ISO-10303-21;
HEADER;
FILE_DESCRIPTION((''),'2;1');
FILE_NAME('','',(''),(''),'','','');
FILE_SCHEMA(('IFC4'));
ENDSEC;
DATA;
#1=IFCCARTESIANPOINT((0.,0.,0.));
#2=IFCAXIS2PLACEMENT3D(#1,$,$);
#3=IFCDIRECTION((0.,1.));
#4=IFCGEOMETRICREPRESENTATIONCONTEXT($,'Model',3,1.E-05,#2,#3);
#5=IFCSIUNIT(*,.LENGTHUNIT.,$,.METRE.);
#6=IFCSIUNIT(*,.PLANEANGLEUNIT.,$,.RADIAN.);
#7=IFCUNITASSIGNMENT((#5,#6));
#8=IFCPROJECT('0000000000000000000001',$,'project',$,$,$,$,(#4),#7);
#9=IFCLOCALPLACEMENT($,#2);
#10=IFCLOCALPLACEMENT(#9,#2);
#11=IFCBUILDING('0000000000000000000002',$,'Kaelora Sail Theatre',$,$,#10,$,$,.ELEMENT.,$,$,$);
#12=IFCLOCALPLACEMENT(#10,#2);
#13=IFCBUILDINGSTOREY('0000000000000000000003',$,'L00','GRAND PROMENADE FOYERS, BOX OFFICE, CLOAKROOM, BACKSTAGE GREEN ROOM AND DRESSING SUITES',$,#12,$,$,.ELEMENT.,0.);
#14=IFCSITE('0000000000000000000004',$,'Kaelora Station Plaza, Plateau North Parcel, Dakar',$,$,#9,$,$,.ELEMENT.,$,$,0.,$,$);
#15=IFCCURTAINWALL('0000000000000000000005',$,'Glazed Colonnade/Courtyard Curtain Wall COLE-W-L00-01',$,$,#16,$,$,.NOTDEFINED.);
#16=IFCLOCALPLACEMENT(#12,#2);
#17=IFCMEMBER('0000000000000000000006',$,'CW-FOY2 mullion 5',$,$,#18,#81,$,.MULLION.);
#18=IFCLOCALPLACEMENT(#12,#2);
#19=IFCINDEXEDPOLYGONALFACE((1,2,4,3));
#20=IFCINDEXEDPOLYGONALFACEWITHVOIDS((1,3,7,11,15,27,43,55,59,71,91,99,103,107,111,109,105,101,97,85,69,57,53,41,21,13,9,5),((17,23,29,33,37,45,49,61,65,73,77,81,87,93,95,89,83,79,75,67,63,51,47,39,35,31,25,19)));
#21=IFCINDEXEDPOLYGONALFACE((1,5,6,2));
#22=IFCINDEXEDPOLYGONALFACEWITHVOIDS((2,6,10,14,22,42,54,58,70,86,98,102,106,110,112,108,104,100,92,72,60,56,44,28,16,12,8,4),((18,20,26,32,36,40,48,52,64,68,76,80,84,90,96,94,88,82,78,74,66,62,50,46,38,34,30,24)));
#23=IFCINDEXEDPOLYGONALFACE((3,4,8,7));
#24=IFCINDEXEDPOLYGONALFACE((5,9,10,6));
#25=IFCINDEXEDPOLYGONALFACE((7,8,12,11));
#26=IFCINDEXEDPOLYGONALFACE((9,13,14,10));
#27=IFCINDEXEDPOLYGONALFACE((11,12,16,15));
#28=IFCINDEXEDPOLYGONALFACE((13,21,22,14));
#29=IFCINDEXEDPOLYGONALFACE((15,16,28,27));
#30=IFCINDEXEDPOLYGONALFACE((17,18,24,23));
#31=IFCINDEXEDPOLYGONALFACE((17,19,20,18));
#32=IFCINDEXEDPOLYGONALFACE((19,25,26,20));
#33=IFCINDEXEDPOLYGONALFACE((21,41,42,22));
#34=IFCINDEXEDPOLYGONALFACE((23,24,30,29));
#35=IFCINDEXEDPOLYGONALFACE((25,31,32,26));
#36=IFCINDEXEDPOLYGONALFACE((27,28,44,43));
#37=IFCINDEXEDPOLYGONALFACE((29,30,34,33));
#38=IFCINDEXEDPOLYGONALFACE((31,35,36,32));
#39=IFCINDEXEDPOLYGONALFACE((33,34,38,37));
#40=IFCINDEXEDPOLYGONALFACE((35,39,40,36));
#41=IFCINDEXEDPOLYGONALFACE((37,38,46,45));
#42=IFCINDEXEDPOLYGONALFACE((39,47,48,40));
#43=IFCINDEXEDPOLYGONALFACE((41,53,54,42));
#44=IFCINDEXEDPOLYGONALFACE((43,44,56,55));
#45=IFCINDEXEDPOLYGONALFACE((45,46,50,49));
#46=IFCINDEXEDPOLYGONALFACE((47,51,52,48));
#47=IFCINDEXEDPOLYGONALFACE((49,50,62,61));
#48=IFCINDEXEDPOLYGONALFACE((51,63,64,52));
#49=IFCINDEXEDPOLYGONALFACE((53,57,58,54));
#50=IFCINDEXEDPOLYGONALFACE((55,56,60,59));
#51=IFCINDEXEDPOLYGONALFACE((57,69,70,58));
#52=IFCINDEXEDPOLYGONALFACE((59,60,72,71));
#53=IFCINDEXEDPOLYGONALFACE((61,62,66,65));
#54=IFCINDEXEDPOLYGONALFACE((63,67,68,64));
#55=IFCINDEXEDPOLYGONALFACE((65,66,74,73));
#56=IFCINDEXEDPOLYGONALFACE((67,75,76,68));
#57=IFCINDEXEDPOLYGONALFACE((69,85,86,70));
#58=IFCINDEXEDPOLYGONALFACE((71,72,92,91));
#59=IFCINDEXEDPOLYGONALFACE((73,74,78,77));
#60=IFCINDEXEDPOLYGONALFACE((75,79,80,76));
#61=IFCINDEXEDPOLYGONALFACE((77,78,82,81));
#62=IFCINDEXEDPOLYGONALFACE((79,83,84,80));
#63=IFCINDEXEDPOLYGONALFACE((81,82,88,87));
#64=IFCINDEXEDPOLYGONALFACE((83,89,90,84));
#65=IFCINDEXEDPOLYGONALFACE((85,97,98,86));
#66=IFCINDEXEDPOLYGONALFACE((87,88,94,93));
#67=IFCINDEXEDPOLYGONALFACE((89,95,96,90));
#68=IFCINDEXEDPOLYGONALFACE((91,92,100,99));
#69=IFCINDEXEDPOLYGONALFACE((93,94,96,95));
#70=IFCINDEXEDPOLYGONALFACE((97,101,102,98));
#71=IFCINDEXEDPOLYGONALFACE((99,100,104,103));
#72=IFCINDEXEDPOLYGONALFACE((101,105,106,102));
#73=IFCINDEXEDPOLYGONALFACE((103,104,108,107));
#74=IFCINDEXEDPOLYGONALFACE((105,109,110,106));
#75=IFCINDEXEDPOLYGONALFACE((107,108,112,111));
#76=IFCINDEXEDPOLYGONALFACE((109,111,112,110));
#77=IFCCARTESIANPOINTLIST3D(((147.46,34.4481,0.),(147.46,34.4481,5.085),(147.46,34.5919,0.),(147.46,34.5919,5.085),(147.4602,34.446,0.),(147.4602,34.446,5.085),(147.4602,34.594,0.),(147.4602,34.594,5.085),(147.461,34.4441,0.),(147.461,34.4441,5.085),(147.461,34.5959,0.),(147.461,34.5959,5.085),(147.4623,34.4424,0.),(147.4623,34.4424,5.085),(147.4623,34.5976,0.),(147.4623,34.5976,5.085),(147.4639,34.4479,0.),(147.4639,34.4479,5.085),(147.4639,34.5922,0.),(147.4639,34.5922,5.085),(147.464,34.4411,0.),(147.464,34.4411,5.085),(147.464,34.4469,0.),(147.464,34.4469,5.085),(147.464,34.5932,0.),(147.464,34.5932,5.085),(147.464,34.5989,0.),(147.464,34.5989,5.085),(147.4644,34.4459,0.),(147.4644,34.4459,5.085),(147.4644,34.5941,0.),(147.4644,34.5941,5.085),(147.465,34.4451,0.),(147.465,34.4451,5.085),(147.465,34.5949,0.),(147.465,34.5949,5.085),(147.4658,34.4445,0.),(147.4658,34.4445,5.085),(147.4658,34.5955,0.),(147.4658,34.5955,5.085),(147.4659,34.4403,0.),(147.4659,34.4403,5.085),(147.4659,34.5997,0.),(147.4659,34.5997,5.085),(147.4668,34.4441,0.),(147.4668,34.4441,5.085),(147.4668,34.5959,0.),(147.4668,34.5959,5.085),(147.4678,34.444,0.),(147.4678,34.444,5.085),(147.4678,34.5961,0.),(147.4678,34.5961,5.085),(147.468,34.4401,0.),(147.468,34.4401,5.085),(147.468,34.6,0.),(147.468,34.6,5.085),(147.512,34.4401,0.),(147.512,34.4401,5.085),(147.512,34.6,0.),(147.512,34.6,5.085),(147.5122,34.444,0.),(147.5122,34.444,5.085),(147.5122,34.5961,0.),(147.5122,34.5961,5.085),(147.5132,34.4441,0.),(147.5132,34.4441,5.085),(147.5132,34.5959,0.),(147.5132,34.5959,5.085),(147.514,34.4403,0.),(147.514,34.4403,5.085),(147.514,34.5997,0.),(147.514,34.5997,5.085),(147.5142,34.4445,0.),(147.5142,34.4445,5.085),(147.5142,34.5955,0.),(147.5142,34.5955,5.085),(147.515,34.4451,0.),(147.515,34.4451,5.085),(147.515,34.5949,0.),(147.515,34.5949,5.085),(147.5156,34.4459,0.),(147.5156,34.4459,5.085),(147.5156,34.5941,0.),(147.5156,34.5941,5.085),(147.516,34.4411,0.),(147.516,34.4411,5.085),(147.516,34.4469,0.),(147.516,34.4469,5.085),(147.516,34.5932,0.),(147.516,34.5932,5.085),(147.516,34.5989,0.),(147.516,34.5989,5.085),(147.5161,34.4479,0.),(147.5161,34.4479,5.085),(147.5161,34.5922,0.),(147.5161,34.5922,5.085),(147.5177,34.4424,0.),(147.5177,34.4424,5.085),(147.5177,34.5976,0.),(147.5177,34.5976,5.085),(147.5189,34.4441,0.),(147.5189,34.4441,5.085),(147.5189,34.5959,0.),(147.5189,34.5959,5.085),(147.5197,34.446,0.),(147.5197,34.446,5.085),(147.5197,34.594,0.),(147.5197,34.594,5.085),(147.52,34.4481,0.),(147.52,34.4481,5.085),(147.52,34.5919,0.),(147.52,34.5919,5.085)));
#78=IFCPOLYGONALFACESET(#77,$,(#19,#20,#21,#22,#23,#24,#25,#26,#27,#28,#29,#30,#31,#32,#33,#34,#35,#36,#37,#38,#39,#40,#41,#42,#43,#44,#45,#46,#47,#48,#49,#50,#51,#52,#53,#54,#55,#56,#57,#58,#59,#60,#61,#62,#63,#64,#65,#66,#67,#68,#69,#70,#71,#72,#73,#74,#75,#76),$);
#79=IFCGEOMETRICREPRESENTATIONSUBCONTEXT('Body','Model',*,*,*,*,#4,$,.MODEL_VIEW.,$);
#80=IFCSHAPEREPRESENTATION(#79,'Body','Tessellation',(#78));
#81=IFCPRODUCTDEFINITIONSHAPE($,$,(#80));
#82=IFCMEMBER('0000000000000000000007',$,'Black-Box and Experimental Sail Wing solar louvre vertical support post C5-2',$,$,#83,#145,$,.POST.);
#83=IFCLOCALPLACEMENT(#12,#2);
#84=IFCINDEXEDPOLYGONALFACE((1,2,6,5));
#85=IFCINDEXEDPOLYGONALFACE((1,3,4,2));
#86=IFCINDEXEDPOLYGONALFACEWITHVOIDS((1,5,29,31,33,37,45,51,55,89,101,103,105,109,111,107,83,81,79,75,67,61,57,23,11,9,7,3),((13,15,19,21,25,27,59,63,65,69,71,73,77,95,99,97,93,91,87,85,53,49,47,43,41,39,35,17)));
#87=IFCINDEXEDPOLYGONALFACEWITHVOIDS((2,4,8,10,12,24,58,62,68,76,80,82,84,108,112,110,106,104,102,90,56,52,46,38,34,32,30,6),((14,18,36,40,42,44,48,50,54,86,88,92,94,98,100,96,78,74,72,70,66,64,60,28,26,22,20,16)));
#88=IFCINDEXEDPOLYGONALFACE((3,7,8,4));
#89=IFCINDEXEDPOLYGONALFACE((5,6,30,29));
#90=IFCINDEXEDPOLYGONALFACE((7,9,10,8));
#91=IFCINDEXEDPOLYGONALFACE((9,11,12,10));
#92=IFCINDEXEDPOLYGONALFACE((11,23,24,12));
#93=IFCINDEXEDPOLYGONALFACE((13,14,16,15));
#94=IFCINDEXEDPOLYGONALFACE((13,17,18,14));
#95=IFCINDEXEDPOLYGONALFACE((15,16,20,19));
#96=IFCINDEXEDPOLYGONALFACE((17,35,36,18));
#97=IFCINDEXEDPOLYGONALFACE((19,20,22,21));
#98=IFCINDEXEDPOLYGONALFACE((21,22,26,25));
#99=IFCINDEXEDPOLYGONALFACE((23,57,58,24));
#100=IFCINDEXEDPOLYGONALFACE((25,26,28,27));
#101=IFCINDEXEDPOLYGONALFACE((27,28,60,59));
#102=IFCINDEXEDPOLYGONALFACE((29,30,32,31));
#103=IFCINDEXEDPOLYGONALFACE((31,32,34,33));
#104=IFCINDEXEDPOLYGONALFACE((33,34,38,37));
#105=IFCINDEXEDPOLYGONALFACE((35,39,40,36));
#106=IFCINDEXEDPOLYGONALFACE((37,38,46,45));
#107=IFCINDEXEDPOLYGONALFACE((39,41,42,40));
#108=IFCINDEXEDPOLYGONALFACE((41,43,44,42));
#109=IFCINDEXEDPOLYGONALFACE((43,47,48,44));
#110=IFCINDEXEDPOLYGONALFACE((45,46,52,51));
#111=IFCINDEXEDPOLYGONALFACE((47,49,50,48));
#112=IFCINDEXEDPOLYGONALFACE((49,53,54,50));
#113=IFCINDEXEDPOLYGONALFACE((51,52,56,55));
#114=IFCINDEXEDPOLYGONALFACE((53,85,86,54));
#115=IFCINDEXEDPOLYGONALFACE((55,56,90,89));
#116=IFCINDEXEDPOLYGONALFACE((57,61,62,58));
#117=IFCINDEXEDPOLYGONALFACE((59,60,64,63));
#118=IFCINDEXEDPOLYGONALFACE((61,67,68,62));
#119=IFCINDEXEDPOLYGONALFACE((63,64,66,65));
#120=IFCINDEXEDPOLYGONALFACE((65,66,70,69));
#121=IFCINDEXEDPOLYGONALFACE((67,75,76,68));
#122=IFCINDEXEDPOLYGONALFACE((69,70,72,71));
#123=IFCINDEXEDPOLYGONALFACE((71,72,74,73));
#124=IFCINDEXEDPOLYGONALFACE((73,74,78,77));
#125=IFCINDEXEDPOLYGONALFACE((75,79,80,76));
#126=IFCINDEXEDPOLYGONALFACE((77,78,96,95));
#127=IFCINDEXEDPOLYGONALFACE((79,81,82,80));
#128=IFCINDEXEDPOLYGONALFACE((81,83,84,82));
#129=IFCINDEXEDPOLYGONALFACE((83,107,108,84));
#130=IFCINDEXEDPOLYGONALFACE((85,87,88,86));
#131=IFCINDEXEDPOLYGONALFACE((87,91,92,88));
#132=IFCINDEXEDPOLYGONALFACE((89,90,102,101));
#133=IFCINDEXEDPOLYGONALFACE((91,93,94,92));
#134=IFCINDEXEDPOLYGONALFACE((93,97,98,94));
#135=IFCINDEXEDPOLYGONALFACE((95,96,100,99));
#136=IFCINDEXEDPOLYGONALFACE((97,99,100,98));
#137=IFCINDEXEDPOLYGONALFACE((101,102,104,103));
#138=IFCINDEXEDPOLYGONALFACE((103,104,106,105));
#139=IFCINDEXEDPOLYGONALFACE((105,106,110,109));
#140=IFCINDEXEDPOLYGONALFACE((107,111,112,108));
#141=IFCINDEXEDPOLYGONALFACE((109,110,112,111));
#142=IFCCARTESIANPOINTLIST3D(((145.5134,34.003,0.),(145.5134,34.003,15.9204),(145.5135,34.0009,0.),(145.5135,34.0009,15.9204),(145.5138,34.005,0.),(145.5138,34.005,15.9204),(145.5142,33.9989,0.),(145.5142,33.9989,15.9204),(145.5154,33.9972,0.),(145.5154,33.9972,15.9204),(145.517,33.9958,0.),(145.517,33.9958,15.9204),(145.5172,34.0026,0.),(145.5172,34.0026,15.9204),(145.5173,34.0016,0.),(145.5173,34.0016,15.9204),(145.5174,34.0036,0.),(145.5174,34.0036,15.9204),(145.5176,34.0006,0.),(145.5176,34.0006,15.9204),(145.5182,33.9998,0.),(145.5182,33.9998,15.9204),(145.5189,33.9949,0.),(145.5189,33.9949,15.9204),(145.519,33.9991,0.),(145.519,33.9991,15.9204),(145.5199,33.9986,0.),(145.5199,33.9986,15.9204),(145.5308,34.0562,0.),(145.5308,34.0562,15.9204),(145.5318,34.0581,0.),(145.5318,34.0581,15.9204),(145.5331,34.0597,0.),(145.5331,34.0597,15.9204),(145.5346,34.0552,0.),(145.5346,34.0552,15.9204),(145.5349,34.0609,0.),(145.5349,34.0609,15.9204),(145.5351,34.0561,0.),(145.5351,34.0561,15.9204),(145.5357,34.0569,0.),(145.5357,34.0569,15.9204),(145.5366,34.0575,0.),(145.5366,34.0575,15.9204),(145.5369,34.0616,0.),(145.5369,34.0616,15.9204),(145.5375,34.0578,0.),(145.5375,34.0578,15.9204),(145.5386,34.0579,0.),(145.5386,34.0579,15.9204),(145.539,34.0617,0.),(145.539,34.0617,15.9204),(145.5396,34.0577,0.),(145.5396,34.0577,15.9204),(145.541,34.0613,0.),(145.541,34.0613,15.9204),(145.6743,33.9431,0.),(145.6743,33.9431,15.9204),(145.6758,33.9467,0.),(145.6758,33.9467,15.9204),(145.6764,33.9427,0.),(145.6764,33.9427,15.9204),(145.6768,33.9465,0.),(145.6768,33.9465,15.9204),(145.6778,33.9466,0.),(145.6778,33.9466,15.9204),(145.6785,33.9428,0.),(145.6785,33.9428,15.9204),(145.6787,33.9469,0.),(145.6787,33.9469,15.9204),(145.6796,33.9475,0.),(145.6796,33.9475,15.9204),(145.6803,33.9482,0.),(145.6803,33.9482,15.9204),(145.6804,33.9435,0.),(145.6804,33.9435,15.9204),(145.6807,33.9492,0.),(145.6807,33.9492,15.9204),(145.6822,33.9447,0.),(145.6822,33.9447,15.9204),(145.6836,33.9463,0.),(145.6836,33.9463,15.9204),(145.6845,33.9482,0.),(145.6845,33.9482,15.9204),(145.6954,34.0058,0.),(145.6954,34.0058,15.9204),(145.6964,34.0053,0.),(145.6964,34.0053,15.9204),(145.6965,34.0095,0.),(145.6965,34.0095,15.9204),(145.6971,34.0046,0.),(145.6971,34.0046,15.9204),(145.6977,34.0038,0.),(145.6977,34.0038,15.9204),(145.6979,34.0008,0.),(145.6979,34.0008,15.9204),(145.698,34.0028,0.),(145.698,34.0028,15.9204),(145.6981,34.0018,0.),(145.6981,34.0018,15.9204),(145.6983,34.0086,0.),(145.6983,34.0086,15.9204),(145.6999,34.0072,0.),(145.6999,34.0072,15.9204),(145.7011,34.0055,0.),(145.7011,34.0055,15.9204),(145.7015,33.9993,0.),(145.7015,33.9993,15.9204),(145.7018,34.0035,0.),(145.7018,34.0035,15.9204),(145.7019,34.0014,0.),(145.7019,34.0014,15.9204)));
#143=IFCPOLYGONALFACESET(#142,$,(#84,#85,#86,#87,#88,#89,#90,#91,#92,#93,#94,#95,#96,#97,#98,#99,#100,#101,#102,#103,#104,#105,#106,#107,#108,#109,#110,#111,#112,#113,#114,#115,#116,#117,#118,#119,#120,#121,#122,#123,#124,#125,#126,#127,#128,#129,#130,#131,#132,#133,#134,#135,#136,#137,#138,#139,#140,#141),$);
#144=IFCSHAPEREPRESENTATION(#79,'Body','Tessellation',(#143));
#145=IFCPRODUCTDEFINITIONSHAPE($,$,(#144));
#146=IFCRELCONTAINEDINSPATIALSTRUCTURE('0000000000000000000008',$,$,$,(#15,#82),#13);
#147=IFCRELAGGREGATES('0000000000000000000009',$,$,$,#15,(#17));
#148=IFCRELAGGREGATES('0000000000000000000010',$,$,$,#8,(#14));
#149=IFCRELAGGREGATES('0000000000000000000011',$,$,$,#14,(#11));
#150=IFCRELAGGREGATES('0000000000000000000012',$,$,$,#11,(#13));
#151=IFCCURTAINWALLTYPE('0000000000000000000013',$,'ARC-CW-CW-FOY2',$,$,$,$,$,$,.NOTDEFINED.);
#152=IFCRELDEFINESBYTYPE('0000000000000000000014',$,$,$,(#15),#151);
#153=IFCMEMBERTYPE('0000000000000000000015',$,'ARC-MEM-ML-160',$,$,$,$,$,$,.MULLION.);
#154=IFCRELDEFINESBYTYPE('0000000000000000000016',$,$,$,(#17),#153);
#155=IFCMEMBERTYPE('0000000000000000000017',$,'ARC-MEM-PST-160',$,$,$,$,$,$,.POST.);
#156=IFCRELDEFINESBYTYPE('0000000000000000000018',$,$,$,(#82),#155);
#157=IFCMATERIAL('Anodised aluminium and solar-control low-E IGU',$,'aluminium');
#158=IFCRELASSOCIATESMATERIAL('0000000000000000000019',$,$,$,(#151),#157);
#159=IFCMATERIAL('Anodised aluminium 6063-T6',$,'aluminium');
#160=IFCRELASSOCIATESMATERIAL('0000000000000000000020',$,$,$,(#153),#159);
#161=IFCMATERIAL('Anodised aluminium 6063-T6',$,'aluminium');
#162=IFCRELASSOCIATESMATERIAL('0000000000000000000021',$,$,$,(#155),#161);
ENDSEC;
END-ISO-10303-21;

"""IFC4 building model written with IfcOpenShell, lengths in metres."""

from ifc_helpers import new_model, si_unit, direction, frame, origin, origin_2d, place, context, subcontext, project, spatial, hollow_rectangle, extrude, material, material_profile, profile_set, type_object, element, aggregate, save


model = new_model("IFC4")

# Units and contexts
model_context = context("Model", 3, precision=1e-05, world=origin(), true_north=direction((0.0, 1.0)))
body_context = subcontext(model_context, "Body", "Model", "MODEL_VIEW")
ifc_project = project(units=[si_unit("LENGTHUNIT", "METRE"), si_unit("PLANEANGLEUNIT", "RADIAN")], contexts=[model_context])

# Site, building, storey
site_placement = place(None, origin())
site = spatial("IfcSite", under=ifc_project, at=site_placement, Name="Kaelora Station Plaza, Plateau North Parcel, Dakar", CompositionType="ELEMENT", RefElevation=0.0)
building_placement = place(site_placement, origin())
building = spatial("IfcBuilding", under=site, at=building_placement, Name="Kaelora Sail Theatre", CompositionType="ELEMENT")
storey_placement = place(building_placement, origin())
storey = spatial("IfcBuildingStorey", under=building, at=storey_placement, Name="L00", Description="GRAND PROMENADE FOYERS, BOX OFFICE, CLOAKROOM, BACKSTAGE GREEN ROOM AND DRESSING SUITES", CompositionType="ELEMENT", Elevation=0.0)

# Curtain wall, member
ifc_material_1 = material(Name="Anodised aluminium and solar-control low-E IGU", Category="aluminium")
curtain_wall_type = type_object("IfcCurtainWallType", Name="ARC-CW-CW-FOY2", PredefinedType="NOTDEFINED", material=ifc_material_1)
curtain_wall_placement = place(storey_placement, origin())
curtain_wall = element("IfcCurtainWall", 1, at=curtain_wall_placement, inside=storey, type_object=curtain_wall_type, Name="Glazed Colonnade/Courtyard Curtain Wall COLE-W-L00-01", PredefinedType="NOTDEFINED")
ifc_material_2 = material(Name="Anodised aluminium 6063-T6", Category="aluminium")
ifc_material_profile_1 = material_profile(ifc_material_2, hollow_rectangle(XDim=0.0601, YDim=0.1599, WallThickness=0.0039, InnerFilletRadius=0.0039, OuterFilletRadius=0.0081, at=origin_2d()), Name="ALU-MULL 60x160x4")
ifc_profile_set_1 = profile_set([ifc_material_profile_1], Name="Anodised aluminium 6063-T6")
member_type_1 = type_object("IfcMemberType", Name="ARC-MEM-ML-160", PredefinedType="MULLION", material=ifc_profile_set_1)
member_1_placement = place(storey_placement, frame((147.49, 34.52, 0.0), z_axis=(0.0, 0.0, 1.0), x_axis=(-1.0, 0.0, 0.0)))
member_1 = element("IfcMember", 2, at=member_1_placement, type_object=member_type_1, Name="CW-FOY2 mullion 5", PredefinedType="MULLION", context=body_context, shape_type="SweptSolid", body=[
    extrude(hollow_rectangle(XDim=0.0601, YDim=0.1599, WallThickness=0.0039, InnerFilletRadius=0.0039, OuterFilletRadius=0.0081, at=origin_2d()), origin(), (0.0, 0.0, 1.0), 5.085),
])

# Member
ifc_material_3 = material(Name="Anodised aluminium 6063-T6", Category="aluminium")
ifc_material_profile_2 = material_profile(ifc_material_3, hollow_rectangle(XDim=0.0701, YDim=0.1799, WallThickness=0.0039, InnerFilletRadius=0.0039, OuterFilletRadius=0.0081, at=origin_2d()), Name="ALU-MULL 70x180x4")
ifc_profile_set_2 = profile_set([ifc_material_profile_2], Name="Anodised aluminium 6063-T6")
member_type_2 = type_object("IfcMemberType", Name="ARC-MEM-PST-160", PredefinedType="POST", material=ifc_profile_set_2)
for number, where, z_axis, x_axis, name in (
    (3, (145.6077, 34.0022, 0.0), (0.0, 0.0, 1.0), (-0.316146, -0.948711, 0.0), "Black-Box and Experimental Sail Wing solar louvre vertical support post C5-2"),
):
    element("IfcMember", number, at=place(storey_placement, frame(where, z_axis=z_axis, x_axis=x_axis)), inside=storey, type_object=member_type_2, Name=name, PredefinedType="POST", context=body_context, shape_type="SweptSolid", body=[
        extrude(hollow_rectangle(XDim=0.0701, YDim=0.1799, WallThickness=0.0039, InnerFilletRadius=0.0039, OuterFilletRadius=0.0081, at=origin_2d()), origin(), (0.0, 0.0, 1.0), 15.9204),
    ])

aggregate(curtain_wall, [member_1])

save(model, "model.ifc")
